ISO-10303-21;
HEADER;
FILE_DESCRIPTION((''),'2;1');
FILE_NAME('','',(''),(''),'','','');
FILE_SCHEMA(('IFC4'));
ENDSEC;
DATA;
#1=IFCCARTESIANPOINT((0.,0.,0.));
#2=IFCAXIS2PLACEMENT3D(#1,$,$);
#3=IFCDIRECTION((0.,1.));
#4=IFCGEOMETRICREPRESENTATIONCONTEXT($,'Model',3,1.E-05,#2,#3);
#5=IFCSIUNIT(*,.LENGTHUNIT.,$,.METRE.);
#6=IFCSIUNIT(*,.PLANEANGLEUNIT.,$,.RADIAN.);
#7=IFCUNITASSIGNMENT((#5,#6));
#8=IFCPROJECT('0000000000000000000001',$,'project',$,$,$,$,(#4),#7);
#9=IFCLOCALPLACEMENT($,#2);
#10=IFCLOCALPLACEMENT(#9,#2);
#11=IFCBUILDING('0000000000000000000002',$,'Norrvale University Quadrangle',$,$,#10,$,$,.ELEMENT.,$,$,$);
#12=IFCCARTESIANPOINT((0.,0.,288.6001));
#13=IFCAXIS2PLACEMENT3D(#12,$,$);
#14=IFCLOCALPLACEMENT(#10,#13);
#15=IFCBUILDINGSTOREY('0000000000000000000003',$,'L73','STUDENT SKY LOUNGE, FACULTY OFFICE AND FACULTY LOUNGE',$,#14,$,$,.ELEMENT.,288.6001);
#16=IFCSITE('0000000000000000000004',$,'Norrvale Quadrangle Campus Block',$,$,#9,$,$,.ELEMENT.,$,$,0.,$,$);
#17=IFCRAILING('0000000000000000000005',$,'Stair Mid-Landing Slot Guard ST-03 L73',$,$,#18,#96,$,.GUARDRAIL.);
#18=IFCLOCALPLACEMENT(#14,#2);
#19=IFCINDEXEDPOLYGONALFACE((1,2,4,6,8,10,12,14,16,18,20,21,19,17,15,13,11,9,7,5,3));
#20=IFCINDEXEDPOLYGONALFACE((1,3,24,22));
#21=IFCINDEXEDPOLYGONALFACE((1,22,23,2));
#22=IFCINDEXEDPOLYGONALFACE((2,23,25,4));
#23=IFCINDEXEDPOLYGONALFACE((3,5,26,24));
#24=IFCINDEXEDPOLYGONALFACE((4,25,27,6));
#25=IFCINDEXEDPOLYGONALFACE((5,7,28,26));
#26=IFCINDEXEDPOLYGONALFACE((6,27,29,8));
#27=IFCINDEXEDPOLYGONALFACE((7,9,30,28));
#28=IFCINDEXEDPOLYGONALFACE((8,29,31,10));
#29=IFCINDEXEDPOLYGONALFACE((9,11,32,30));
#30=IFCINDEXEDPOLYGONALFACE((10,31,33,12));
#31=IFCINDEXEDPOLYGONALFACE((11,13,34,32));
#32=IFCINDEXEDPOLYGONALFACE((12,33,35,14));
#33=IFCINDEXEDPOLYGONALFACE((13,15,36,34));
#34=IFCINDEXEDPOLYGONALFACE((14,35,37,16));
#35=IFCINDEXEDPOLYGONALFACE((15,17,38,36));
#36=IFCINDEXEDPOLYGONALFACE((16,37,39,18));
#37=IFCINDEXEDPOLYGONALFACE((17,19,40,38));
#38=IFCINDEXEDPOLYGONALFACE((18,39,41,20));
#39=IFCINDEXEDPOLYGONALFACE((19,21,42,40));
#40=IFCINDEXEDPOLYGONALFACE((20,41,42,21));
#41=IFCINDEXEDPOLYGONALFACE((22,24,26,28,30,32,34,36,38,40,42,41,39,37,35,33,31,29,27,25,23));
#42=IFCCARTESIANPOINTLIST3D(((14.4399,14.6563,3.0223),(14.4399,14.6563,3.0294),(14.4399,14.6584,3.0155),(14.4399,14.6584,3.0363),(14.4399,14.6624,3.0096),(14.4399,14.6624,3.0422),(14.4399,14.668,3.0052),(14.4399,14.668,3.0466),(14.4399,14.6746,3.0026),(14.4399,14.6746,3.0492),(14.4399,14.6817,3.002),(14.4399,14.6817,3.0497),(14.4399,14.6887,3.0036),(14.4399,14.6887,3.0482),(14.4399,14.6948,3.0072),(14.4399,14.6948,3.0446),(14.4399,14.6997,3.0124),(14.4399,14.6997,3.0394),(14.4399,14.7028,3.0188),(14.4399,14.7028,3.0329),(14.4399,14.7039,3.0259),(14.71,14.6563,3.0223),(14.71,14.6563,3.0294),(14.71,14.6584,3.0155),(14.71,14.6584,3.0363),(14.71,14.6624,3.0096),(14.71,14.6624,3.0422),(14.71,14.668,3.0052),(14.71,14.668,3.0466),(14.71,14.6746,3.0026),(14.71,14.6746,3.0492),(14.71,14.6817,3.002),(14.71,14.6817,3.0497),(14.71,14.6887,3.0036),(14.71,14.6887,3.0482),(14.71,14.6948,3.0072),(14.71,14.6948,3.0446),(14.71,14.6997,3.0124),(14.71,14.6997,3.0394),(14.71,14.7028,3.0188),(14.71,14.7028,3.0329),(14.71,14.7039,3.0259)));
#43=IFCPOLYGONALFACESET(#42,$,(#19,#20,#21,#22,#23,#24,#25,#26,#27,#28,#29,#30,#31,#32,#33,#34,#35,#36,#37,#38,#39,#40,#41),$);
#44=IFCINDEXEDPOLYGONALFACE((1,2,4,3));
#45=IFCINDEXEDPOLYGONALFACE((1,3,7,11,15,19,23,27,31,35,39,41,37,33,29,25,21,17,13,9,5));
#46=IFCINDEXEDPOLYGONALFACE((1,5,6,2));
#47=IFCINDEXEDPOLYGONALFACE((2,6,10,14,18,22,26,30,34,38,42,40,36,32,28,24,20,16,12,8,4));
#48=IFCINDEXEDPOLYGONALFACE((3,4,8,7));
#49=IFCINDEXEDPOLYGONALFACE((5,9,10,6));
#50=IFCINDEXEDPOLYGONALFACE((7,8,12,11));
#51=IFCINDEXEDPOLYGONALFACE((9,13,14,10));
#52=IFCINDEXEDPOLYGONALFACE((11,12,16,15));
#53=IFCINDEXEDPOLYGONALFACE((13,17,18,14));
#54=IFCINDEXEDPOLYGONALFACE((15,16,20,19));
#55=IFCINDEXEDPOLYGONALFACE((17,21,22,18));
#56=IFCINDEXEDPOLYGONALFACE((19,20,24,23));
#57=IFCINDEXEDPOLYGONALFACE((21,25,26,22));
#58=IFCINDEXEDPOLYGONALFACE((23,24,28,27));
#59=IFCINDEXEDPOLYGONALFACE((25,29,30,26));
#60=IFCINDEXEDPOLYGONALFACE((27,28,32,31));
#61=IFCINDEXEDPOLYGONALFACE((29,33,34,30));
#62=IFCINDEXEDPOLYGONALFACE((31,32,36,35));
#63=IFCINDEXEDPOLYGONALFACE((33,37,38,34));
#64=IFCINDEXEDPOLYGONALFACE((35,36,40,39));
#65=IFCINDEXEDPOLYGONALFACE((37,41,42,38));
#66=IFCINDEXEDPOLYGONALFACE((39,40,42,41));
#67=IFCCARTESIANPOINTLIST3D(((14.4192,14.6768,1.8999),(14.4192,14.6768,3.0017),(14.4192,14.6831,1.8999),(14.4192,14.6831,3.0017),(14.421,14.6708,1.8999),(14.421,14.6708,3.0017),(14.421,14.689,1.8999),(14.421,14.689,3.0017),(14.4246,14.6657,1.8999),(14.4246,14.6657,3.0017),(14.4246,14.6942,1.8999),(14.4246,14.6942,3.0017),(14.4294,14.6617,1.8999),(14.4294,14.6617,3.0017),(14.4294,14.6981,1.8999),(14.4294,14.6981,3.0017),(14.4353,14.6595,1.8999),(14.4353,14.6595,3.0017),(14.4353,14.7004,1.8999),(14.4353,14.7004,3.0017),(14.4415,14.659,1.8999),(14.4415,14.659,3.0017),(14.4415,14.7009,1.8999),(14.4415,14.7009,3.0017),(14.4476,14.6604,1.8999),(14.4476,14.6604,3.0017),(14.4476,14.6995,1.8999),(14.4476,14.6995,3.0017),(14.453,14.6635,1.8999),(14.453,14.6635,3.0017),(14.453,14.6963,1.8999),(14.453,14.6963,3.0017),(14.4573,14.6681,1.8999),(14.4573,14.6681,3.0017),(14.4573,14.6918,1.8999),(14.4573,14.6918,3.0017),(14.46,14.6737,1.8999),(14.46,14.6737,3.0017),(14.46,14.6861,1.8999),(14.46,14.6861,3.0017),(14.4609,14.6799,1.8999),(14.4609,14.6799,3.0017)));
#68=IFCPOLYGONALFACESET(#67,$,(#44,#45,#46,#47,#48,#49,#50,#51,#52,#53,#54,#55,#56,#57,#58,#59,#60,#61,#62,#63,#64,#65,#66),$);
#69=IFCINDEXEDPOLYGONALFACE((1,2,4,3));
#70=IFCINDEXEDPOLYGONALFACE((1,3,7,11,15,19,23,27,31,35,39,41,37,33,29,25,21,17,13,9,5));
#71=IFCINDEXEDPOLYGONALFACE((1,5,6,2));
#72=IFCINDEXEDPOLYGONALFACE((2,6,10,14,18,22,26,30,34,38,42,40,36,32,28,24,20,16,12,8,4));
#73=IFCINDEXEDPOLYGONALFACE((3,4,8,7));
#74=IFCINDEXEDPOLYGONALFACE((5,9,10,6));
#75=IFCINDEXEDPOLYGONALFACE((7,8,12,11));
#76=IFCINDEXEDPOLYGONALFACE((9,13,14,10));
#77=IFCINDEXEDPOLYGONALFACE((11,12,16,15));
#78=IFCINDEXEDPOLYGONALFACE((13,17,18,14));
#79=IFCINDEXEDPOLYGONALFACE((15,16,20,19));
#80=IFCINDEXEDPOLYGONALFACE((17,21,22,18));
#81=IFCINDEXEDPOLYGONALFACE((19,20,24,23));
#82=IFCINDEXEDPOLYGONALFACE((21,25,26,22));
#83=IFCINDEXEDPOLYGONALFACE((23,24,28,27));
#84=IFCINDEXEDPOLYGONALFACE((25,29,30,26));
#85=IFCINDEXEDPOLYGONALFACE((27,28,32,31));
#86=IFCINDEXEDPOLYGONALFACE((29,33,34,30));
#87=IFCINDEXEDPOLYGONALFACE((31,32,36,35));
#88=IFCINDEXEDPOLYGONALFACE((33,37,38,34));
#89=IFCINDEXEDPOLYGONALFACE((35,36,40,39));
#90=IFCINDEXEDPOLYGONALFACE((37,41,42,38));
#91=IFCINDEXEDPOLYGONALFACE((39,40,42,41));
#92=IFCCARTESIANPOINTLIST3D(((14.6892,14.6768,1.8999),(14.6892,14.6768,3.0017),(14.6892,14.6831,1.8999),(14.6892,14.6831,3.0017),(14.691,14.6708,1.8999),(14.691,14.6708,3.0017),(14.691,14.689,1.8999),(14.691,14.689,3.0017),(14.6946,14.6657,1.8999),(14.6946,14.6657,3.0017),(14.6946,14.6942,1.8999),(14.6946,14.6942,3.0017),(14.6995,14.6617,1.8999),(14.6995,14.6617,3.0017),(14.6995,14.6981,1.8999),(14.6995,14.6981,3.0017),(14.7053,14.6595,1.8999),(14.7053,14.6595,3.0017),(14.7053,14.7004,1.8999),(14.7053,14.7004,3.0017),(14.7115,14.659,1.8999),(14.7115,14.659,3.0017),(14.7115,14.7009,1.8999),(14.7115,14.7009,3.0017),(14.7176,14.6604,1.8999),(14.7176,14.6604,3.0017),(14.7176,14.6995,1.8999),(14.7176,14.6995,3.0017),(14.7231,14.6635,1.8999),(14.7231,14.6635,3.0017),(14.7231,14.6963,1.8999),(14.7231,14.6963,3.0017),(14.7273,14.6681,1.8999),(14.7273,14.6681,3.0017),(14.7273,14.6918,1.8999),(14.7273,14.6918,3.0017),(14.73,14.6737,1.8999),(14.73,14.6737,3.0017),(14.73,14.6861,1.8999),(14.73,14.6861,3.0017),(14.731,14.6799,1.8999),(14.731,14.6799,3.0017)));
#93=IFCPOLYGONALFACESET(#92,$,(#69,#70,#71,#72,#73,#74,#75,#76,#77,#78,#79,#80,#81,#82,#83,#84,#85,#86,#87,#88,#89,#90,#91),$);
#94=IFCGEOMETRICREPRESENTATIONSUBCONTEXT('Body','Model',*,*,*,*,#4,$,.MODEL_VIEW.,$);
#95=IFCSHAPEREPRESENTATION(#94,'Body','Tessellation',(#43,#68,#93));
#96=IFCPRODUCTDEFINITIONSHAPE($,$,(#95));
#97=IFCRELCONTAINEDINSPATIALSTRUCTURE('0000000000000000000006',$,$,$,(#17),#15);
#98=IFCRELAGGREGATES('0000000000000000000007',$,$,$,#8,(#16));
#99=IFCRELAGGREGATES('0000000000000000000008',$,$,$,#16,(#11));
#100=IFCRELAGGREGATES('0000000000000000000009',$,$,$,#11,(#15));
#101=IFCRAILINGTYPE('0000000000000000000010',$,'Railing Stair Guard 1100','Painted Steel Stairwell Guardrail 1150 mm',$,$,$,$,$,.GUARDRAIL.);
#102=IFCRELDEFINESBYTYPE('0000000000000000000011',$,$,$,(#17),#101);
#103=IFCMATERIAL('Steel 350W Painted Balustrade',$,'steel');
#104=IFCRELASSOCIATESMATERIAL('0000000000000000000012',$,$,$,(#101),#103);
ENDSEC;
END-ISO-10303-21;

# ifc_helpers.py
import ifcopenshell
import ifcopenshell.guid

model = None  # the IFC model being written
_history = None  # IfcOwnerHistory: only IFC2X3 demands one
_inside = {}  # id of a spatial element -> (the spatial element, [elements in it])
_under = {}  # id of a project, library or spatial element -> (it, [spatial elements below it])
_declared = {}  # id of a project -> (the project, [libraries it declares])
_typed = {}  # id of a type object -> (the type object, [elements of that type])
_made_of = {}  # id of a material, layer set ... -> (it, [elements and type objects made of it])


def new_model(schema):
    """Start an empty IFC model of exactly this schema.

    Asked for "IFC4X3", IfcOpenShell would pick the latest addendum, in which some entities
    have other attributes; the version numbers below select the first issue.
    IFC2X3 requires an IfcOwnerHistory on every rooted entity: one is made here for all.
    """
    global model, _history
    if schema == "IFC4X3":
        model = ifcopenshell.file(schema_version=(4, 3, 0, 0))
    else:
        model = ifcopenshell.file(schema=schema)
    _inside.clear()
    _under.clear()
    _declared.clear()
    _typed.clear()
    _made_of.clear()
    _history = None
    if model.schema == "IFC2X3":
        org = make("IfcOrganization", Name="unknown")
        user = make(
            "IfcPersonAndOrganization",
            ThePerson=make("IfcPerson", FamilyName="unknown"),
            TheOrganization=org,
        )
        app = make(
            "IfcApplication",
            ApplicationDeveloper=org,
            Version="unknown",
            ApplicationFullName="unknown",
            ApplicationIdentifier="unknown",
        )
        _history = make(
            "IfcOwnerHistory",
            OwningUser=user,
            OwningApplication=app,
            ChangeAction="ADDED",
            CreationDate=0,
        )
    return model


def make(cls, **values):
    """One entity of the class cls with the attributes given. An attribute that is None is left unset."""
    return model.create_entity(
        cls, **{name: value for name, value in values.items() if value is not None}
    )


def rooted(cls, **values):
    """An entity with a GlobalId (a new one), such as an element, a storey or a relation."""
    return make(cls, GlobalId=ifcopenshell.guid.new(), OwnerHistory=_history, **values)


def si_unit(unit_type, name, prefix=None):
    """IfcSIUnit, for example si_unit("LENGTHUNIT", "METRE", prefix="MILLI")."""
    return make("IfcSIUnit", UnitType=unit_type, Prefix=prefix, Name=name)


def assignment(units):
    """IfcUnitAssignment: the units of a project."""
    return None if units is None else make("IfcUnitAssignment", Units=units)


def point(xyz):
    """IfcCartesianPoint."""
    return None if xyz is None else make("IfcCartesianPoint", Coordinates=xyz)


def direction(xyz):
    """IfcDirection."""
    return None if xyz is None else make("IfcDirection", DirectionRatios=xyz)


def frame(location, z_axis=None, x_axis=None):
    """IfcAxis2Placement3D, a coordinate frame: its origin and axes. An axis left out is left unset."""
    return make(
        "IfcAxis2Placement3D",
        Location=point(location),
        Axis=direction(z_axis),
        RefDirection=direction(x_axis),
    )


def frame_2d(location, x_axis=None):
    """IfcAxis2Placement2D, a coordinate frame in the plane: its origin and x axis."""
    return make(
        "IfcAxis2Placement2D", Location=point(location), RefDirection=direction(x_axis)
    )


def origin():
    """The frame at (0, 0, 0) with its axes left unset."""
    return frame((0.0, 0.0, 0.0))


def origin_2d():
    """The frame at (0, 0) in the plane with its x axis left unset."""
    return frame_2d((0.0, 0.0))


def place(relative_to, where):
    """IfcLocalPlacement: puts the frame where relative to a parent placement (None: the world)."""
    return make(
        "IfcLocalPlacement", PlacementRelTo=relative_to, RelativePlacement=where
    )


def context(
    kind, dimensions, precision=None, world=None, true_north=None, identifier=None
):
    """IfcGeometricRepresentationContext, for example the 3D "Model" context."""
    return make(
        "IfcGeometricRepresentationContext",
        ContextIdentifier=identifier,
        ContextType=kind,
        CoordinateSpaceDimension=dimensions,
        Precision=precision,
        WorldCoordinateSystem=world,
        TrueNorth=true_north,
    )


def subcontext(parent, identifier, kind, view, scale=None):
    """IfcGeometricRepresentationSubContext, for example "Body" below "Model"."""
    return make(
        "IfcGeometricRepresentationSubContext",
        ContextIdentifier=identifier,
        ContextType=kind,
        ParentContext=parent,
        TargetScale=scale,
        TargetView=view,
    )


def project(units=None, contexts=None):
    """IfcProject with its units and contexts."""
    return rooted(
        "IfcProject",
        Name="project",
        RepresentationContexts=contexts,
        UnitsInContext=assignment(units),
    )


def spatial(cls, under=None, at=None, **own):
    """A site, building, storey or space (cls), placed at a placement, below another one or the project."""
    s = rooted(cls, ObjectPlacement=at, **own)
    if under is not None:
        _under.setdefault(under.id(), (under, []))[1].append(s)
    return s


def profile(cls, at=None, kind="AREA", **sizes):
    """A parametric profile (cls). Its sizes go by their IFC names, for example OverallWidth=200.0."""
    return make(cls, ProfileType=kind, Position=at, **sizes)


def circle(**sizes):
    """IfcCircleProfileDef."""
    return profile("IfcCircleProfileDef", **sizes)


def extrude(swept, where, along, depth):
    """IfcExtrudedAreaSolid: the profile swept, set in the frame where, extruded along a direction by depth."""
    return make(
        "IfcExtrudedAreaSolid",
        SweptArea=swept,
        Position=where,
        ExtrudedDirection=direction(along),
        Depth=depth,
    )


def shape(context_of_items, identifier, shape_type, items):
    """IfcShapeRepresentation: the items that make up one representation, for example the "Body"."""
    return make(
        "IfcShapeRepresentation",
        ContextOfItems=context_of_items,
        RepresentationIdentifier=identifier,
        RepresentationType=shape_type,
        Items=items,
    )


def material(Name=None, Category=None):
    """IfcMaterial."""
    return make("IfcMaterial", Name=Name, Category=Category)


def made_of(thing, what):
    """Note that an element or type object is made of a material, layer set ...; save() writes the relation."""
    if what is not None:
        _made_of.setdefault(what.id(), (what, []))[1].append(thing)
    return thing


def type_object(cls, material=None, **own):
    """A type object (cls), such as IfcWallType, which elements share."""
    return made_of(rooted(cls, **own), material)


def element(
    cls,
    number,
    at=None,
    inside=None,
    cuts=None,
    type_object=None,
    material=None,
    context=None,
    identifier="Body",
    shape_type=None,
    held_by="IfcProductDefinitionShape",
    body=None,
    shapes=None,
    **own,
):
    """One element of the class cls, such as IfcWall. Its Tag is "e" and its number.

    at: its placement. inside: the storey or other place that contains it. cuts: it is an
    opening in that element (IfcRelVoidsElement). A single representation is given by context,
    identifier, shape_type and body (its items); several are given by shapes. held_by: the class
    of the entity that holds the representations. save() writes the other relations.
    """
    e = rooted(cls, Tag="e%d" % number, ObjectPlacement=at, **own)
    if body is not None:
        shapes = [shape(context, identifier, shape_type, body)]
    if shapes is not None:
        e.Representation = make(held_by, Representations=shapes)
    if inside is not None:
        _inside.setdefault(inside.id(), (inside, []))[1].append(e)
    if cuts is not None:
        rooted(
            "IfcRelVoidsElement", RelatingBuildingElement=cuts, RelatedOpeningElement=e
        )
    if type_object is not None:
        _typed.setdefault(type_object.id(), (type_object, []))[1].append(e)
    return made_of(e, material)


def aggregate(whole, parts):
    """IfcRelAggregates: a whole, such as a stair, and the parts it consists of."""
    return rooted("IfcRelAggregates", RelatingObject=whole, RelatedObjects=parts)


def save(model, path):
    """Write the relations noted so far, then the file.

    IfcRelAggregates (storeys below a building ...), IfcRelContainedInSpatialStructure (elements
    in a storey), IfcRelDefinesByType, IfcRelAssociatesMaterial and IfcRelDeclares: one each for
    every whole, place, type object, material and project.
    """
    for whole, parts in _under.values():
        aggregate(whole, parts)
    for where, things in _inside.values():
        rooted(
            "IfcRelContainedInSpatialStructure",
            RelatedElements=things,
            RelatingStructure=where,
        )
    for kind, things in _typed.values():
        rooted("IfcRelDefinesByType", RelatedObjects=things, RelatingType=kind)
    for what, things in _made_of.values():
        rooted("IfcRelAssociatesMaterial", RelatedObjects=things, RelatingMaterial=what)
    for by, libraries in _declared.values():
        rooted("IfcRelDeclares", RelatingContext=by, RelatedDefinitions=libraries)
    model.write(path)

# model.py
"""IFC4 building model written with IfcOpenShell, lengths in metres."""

from ifc_helpers import new_model, si_unit, direction, frame, origin, origin_2d, place, context, subcontext, project, spatial, circle, extrude, material, type_object, element, save


model = new_model("IFC4")

# Units and contexts
model_context = context("Model", 3, precision=1e-05, world=origin(), true_north=direction((0.0, 1.0)))
body_context = subcontext(model_context, "Body", "Model", "MODEL_VIEW")
ifc_project = project(units=[si_unit("LENGTHUNIT", "METRE"), si_unit("PLANEANGLEUNIT", "RADIAN")], contexts=[model_context])

# Site, building, storey
site_placement = place(None, origin())
site = spatial("IfcSite", under=ifc_project, at=site_placement, Name="Norrvale Quadrangle Campus Block", CompositionType="ELEMENT", RefElevation=0.0)
building_placement = place(site_placement, origin())
building = spatial("IfcBuilding", under=site, at=building_placement, Name="Norrvale University Quadrangle", CompositionType="ELEMENT")
storey_placement = place(building_placement, frame((0.0, 0.0, 288.6001)))
storey = spatial("IfcBuildingStorey", under=building, at=storey_placement, Name="L73", Description="STUDENT SKY LOUNGE, FACULTY OFFICE AND FACULTY LOUNGE", CompositionType="ELEMENT", Elevation=288.6001)

# Railing
ifc_material_1 = material(Name="Steel 350W Painted Balustrade", Category="steel")
railing_type_1 = type_object("IfcRailingType", Name="Railing Stair Guard 1100", Description="Painted Steel Stairwell Guardrail 1150 mm", PredefinedType="GUARDRAIL", material=ifc_material_1)
railing_1_placement = place(storey_placement, frame((14.4399, 14.6799, 1.8999)))
element("IfcRailing", 1, at=railing_1_placement, inside=storey, type_object=railing_type_1, Name="Stair Mid-Landing Slot Guard ST-03 L73", PredefinedType="GUARDRAIL", context=body_context, shape_type="SweptSolid", body=[
    extrude(circle(Radius=0.0239, at=origin_2d()), frame((0.0, 0.0, 1.126), z_axis=(1.0, 0.0, 0.0), x_axis=(0.0, 1.0, 0.0)), (0.0, 0.0, 1.0), 0.27),
    extrude(circle(Radius=0.021, at=origin_2d()), origin(), (0.0, 0.0, 1.0), 1.1018),
    extrude(circle(Radius=0.021, at=origin_2d()), frame((0.27, 0.0, 0.0)), (0.0, 0.0, 1.0), 1.1018),
])

save(model, "model.ifc")
